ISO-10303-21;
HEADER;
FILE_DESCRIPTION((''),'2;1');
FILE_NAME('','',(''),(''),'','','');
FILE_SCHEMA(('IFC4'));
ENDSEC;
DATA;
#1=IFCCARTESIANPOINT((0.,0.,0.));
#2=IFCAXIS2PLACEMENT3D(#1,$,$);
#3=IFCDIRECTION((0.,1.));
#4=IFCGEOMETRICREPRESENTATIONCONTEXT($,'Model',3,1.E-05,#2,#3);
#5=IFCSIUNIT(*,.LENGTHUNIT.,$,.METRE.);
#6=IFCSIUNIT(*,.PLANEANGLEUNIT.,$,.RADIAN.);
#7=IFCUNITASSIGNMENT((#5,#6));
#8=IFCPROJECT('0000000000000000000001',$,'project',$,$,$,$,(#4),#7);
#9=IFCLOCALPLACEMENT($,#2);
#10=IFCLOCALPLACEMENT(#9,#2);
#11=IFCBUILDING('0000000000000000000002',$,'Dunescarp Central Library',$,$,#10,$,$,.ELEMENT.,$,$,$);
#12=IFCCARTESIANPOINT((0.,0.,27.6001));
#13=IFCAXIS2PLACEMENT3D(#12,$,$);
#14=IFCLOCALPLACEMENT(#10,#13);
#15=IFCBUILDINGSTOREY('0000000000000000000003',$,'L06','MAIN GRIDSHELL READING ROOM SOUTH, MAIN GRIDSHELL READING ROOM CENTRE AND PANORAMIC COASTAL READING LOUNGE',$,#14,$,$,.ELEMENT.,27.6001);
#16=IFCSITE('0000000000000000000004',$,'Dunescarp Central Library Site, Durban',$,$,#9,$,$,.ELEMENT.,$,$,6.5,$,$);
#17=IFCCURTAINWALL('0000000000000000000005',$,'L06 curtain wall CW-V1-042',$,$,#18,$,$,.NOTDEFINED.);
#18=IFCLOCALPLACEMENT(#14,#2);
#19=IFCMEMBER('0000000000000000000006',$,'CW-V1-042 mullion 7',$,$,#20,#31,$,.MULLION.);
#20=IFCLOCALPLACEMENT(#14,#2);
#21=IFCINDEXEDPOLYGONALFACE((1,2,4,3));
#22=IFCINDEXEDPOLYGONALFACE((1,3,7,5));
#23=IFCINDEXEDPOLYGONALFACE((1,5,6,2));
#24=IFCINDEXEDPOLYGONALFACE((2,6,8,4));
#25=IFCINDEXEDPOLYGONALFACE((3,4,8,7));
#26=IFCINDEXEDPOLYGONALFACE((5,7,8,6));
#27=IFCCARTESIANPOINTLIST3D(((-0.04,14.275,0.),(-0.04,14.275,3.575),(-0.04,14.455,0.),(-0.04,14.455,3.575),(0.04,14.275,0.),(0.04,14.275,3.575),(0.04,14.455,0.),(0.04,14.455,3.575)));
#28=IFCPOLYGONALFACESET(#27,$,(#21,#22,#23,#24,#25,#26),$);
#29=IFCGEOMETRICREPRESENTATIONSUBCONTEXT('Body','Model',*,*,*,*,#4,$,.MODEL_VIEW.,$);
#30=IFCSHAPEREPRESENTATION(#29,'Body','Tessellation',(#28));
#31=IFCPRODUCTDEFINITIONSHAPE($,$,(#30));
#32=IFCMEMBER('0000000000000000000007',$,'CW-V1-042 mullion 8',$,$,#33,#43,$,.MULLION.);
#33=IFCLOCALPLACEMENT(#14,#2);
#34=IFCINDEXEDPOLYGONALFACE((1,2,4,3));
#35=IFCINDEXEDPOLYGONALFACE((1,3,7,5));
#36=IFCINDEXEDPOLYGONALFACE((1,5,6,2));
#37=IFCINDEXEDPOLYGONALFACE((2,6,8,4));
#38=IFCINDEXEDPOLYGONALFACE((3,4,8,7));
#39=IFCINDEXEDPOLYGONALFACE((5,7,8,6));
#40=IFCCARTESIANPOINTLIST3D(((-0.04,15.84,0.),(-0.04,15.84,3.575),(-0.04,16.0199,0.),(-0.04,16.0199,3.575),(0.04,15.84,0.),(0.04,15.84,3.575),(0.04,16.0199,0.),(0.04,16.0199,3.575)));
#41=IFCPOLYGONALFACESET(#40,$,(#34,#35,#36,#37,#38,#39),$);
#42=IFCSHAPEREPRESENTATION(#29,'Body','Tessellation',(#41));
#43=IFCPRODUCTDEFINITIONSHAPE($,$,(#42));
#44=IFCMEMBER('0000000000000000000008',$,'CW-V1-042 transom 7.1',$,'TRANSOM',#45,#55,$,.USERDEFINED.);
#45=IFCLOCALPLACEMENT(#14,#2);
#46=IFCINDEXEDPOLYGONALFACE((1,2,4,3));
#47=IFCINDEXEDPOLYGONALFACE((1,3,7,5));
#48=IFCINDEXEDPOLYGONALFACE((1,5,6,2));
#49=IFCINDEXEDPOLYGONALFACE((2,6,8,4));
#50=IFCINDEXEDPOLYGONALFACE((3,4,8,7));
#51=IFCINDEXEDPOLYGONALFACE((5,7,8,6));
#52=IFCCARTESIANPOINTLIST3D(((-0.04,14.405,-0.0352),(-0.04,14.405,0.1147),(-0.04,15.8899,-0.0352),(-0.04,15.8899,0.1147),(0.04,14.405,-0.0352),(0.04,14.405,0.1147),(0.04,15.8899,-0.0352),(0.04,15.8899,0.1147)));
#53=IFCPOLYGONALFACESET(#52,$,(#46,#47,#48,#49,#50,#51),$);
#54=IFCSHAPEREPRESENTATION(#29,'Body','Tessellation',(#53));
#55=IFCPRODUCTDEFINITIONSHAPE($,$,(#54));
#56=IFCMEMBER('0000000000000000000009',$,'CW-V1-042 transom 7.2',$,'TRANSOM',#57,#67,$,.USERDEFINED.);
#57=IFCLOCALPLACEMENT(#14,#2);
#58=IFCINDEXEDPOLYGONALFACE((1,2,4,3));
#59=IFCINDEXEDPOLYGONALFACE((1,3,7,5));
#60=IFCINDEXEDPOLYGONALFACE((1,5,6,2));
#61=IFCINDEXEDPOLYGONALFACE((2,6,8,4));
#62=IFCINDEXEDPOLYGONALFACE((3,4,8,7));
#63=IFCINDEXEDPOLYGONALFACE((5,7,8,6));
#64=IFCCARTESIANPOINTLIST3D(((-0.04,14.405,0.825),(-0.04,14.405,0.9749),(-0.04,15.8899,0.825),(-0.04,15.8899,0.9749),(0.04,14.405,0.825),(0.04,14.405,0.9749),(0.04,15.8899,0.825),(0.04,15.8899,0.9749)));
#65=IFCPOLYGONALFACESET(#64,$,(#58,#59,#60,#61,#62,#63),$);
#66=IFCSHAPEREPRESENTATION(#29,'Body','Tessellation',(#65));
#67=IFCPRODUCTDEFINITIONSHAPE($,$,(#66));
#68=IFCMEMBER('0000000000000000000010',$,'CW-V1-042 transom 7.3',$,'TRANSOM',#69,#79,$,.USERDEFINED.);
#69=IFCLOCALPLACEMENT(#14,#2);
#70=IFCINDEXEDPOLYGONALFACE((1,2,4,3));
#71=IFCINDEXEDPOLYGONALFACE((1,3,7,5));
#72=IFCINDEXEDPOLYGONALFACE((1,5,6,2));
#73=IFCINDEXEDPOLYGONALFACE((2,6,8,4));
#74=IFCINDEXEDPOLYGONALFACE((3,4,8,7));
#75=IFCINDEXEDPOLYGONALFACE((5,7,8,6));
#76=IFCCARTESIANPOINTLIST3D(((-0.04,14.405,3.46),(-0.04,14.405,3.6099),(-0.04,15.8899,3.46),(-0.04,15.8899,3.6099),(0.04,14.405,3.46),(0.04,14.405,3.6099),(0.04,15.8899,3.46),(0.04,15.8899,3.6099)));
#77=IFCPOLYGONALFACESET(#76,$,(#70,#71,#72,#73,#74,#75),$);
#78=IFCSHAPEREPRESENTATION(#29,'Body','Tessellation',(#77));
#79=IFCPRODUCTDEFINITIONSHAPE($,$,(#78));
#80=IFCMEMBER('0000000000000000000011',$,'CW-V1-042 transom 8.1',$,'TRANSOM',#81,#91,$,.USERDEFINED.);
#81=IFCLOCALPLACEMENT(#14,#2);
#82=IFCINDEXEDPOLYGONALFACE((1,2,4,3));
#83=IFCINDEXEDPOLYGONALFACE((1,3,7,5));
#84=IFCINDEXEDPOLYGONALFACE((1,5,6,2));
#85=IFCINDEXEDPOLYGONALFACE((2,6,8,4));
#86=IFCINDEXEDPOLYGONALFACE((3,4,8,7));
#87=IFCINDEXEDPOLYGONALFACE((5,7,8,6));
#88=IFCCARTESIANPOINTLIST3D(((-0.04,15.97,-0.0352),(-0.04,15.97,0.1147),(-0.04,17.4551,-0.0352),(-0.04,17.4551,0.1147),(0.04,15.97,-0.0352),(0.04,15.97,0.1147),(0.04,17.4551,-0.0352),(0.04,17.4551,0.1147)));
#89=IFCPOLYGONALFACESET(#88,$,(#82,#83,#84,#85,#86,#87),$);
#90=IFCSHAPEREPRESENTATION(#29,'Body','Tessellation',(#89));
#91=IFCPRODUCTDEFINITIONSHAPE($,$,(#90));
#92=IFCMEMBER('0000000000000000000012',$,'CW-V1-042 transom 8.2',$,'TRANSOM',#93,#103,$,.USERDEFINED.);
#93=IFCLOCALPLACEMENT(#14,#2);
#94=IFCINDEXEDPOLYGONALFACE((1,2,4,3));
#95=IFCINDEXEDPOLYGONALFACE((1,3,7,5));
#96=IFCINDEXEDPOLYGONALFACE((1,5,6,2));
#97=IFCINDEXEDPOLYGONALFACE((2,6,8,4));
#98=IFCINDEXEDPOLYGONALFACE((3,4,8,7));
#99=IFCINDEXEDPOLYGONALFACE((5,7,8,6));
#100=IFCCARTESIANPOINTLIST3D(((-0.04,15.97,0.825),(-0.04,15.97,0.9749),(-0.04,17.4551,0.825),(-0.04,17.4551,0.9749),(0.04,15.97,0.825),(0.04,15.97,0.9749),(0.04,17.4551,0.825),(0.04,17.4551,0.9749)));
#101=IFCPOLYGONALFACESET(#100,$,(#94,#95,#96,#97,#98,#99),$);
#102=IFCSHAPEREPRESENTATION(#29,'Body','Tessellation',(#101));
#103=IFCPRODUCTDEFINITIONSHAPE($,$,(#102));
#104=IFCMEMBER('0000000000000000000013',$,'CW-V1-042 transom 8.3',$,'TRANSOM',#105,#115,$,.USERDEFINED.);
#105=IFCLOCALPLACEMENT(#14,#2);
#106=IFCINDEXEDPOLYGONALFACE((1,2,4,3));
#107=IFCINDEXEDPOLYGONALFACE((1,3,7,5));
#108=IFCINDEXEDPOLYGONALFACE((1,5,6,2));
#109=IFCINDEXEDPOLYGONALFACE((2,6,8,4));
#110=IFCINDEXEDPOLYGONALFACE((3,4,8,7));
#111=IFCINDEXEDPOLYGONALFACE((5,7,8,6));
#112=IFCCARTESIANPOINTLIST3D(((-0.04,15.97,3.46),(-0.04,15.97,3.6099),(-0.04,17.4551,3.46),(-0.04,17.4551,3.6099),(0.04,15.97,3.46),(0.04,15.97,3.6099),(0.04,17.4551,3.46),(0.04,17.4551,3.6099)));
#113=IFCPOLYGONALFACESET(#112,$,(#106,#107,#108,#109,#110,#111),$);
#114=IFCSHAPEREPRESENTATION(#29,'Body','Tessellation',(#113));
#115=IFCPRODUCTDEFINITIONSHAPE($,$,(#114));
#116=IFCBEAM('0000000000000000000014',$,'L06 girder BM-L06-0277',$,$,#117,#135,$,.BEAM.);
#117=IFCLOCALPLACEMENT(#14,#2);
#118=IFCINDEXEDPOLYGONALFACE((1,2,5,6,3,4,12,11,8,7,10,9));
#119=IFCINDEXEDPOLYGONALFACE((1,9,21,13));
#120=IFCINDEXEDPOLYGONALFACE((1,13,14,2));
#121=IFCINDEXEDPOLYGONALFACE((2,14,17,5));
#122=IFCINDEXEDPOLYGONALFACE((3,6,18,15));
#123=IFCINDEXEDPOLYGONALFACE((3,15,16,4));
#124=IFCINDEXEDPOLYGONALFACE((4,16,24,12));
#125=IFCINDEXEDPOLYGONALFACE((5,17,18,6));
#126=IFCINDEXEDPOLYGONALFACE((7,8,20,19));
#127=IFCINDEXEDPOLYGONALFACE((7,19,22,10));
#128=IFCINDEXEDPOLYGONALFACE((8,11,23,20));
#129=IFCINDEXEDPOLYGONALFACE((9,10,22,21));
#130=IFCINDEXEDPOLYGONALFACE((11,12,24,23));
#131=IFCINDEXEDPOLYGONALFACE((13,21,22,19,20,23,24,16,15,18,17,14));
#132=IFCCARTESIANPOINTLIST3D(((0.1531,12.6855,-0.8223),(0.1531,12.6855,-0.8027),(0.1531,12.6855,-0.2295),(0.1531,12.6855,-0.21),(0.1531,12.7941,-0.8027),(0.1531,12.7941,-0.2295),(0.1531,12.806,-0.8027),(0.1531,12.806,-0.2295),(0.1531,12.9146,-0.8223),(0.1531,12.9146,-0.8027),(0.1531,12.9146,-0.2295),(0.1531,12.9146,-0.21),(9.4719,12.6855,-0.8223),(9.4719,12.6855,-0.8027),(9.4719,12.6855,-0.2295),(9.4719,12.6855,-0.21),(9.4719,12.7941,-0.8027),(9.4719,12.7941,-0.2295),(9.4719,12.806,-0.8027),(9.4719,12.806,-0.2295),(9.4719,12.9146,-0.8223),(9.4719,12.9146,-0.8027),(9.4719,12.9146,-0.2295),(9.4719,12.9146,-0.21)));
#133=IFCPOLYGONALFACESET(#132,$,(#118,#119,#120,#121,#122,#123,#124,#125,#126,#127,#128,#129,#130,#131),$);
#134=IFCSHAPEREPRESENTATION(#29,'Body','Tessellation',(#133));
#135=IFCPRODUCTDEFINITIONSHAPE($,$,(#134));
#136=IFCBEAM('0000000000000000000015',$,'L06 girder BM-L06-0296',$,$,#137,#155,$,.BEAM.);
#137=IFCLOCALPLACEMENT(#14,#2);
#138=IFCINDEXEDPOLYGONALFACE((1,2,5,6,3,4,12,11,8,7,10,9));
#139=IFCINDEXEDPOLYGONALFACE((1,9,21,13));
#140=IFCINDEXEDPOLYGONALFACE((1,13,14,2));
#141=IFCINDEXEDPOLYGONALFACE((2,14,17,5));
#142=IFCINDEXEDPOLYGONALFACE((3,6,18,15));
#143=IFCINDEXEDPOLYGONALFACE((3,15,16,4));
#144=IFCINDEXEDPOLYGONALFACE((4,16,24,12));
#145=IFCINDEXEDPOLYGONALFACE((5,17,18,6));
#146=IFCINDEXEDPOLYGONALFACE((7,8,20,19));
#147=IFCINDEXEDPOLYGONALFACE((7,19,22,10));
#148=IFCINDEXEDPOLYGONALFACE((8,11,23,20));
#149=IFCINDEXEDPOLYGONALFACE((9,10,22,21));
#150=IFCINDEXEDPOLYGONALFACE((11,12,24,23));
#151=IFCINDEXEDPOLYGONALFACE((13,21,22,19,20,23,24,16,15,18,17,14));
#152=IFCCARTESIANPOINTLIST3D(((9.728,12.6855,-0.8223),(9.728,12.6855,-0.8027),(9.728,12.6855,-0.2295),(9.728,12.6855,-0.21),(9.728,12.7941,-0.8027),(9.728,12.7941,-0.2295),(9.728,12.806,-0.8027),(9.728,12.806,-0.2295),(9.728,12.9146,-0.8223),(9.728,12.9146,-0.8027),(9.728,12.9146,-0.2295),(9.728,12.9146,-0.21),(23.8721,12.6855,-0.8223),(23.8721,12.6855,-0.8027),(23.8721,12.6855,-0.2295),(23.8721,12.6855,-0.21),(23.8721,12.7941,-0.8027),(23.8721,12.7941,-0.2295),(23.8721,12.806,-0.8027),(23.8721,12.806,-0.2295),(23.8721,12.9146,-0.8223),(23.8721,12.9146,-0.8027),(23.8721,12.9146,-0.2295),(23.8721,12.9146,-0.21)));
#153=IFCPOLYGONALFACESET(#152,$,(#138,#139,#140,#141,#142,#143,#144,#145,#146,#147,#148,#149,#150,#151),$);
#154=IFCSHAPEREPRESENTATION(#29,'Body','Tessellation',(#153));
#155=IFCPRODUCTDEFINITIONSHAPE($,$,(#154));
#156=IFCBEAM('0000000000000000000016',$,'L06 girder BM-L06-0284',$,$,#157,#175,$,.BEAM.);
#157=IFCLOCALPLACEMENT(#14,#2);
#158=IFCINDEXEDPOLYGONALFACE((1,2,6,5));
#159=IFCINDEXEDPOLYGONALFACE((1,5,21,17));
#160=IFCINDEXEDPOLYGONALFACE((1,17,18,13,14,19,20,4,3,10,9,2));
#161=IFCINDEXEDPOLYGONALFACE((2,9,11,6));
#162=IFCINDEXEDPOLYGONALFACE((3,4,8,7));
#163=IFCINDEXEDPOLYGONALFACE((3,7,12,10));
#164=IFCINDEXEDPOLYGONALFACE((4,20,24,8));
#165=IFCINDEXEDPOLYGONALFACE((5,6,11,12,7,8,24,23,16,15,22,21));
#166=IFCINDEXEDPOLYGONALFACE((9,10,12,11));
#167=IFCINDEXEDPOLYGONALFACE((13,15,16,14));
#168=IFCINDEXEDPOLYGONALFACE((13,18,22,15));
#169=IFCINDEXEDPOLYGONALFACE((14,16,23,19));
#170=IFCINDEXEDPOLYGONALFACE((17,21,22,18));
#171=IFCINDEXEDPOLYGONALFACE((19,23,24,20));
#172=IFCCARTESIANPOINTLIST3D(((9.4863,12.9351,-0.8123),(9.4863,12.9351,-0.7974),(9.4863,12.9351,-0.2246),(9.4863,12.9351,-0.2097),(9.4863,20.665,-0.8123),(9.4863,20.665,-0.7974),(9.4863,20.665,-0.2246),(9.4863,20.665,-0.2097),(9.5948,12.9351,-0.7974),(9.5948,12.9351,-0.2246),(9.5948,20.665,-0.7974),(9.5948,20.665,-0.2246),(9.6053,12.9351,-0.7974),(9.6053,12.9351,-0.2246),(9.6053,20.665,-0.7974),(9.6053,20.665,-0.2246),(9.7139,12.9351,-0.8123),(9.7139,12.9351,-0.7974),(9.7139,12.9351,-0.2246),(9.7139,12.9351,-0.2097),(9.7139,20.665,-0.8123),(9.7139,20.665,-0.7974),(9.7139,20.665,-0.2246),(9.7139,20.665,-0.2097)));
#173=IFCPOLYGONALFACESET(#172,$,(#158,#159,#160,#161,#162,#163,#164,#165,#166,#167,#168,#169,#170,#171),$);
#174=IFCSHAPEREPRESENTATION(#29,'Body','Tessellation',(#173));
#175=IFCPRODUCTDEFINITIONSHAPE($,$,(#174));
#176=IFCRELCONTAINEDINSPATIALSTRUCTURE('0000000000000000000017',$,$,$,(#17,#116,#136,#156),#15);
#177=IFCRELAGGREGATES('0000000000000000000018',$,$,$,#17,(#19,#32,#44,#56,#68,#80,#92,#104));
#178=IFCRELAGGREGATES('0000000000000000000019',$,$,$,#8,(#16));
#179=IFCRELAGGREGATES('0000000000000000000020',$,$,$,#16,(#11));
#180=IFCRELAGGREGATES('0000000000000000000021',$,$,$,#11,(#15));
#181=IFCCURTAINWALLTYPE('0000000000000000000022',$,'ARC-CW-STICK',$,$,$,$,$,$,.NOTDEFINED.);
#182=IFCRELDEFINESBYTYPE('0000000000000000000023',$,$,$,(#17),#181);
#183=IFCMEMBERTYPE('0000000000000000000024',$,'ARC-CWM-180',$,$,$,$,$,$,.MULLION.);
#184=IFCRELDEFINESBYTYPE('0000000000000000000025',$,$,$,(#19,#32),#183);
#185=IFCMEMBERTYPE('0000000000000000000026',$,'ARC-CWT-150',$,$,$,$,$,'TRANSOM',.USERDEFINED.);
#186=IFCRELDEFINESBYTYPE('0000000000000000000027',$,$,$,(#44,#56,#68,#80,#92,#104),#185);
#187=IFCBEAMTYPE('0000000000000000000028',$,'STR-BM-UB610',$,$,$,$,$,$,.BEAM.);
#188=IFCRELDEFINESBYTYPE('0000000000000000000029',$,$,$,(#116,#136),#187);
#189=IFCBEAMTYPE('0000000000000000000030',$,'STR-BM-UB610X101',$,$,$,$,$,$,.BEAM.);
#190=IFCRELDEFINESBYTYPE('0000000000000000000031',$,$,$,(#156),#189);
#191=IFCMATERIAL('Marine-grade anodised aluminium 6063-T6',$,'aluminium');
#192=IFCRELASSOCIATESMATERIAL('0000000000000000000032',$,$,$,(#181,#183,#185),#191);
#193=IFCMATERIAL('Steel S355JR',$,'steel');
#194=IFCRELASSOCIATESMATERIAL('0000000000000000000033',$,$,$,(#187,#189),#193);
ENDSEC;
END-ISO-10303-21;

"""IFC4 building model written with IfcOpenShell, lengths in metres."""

from ifc_helpers import new_model, si_unit, direction, frame, origin, origin_2d, place, context, subcontext, project, spatial, rectangle, i_section, extrude, material, material_profile, profile_set, type_object, element, aggregate, save


model = new_model("IFC4")

# Units and contexts
model_context = context("Model", 3, precision=1e-05, world=origin(), true_north=direction((0.0, 1.0)))
body_context = subcontext(model_context, "Body", "Model", "MODEL_VIEW")
ifc_project = project(units=[si_unit("LENGTHUNIT", "METRE"), si_unit("PLANEANGLEUNIT", "RADIAN")], contexts=[model_context])

# Site, building, storey
site_placement = place(None, origin())
site = spatial("IfcSite", under=ifc_project, at=site_placement, Name="Dunescarp Central Library Site, Durban", CompositionType="ELEMENT", RefElevation=6.5)
building_placement = place(site_placement, origin())
building = spatial("IfcBuilding", under=site, at=building_placement, Name="Dunescarp Central Library", CompositionType="ELEMENT")
storey_placement = place(building_placement, frame((0.0, 0.0, 27.6001)))
storey = spatial("IfcBuildingStorey", under=building, at=storey_placement, Name="L06", Description="MAIN GRIDSHELL READING ROOM SOUTH, MAIN GRIDSHELL READING ROOM CENTRE AND PANORAMIC COASTAL READING LOUNGE", CompositionType="ELEMENT", Elevation=27.6001)

# Curtain wall, members
ifc_material_1 = material(Name="Marine-grade anodised aluminium 6063-T6", Category="aluminium")
curtain_wall_type = type_object("IfcCurtainWallType", Name="ARC-CW-STICK", PredefinedType="NOTDEFINED", material=ifc_material_1)
curtain_wall_placement = place(storey_placement, origin())
curtain_wall = element("IfcCurtainWall", 1, at=curtain_wall_placement, inside=storey, type_object=curtain_wall_type, Name="L06 curtain wall CW-V1-042", PredefinedType="NOTDEFINED")
ifc_material_profile_1 = material_profile(ifc_material_1, rectangle(XDim=0.0801, YDim=0.1799, at=origin_2d()), Name="AL 80x180")
ifc_profile_set_1 = profile_set([ifc_material_profile_1], Name="Marine-grade anodised aluminium 6063-T6")
member_type_1 = type_object("IfcMemberType", Name="ARC-CWM-180", PredefinedType="MULLION", material=ifc_profile_set_1)
member_1_placement = place(storey_placement, frame((0.0, 14.365, 0.0), z_axis=(0.0, 0.0, 1.0), x_axis=(-1.0, 0.0, 0.0)))
member_1 = element("IfcMember", 2, at=member_1_placement, type_object=member_type_1, Name="CW-V1-042 mullion 7", PredefinedType="MULLION", context=body_context, shape_type="SweptSolid", body=[
    extrude(rectangle(XDim=0.0801, YDim=0.1799, at=origin_2d()), origin(), (0.0, 0.0, 1.0), 3.575),
])
member_2_placement = place(storey_placement, frame((0.0, 15.9299, 0.0), z_axis=(0.0, 0.0, 1.0), x_axis=(-1.0, 0.0, 0.0)))
member_2 = element("IfcMember", 3, at=member_2_placement, type_object=member_type_1, Name="CW-V1-042 mullion 8", PredefinedType="MULLION", context=body_context, shape_type="SweptSolid", body=[
    extrude(rectangle(XDim=0.0801, YDim=0.1799, at=origin_2d()), origin(), (0.0, 0.0, 1.0), 3.575),
])
ifc_material_profile_2 = material_profile(ifc_material_1, rectangle(XDim=0.0801, YDim=0.1499, at=origin_2d()), Name="AL 80x150")
ifc_profile_set_2 = profile_set([ifc_material_profile_2], Name="Marine-grade anodised aluminium 6063-T6")
member_type_2 = type_object("IfcMemberType", Name="ARC-CWT-150", ElementType="TRANSOM", PredefinedType="USERDEFINED", material=ifc_profile_set_2)
member_3_placement = place(storey_placement, frame((0.0, 14.405, 0.0398), z_axis=(0.0, 1.0, 0.0), x_axis=(-1.0, 0.0, 0.0)))
member_3 = element("IfcMember", 4, at=member_3_placement, type_object=member_type_2, Name="CW-V1-042 transom 7.1", ObjectType="TRANSOM", PredefinedType="USERDEFINED", context=body_context, shape_type="SweptSolid", body=[
    extrude(rectangle(XDim=0.0801, YDim=0.1499, at=origin_2d()), origin(), (0.0, 0.0, 1.0), 1.4849),
])
member_4_placement = place(storey_placement, frame((0.0, 14.405, 0.8999), z_axis=(0.0, 1.0, 0.0), x_axis=(-1.0, 0.0, 0.0)))
member_4 = element("IfcMember", 5, at=member_4_placement, type_object=member_type_2, Name="CW-V1-042 transom 7.2", ObjectType="TRANSOM", PredefinedType="USERDEFINED", context=body_context, shape_type="SweptSolid", body=[
    extrude(rectangle(XDim=0.0801, YDim=0.1499, at=origin_2d()), origin(), (0.0, 0.0, 1.0), 1.4849),
])
member_5_placement = place(storey_placement, frame((0.0, 14.405, 3.5349), z_axis=(0.0, 1.0, 0.0), x_axis=(-1.0, 0.0, 0.0)))
member_5 = element("IfcMember", 6, at=member_5_placement, type_object=member_type_2, Name="CW-V1-042 transom 7.3", ObjectType="TRANSOM", PredefinedType="USERDEFINED", context=body_context, shape_type="SweptSolid", body=[
    extrude(rectangle(XDim=0.0801, YDim=0.1499, at=origin_2d()), origin(), (0.0, 0.0, 1.0), 1.4849),
])
member_6_placement = place(storey_placement, frame((0.0, 15.97, 0.0398), z_axis=(0.0, 1.0, 0.0), x_axis=(-1.0, 0.0, 0.0)))
member_6 = element("IfcMember", 7, at=member_6_placement, type_object=member_type_2, Name="CW-V1-042 transom 8.1", ObjectType="TRANSOM", PredefinedType="USERDEFINED", context=body_context, shape_type="SweptSolid", body=[
    extrude(rectangle(XDim=0.0801, YDim=0.1499, at=origin_2d()), origin(), (0.0, 0.0, 1.0), 1.4851),
])
member_7_placement = place(storey_placement, frame((0.0, 15.97, 0.8999), z_axis=(0.0, 1.0, 0.0), x_axis=(-1.0, 0.0, 0.0)))
member_7 = element("IfcMember", 8, at=member_7_placement, type_object=member_type_2, Name="CW-V1-042 transom 8.2", ObjectType="TRANSOM", PredefinedType="USERDEFINED", context=body_context, shape_type="SweptSolid", body=[
    extrude(rectangle(XDim=0.0801, YDim=0.1499, at=origin_2d()), origin(), (0.0, 0.0, 1.0), 1.4851),
])
member_8_placement = place(storey_placement, frame((0.0, 15.97, 3.5349), z_axis=(0.0, 1.0, 0.0), x_axis=(-1.0, 0.0, 0.0)))
member_8 = element("IfcMember", 9, at=member_8_placement, type_object=member_type_2, Name="CW-V1-042 transom 8.3", ObjectType="TRANSOM", PredefinedType="USERDEFINED", context=body_context, shape_type="SweptSolid", body=[
    extrude(rectangle(XDim=0.0801, YDim=0.1499, at=origin_2d()), origin(), (0.0, 0.0, 1.0), 1.4851),
])

# Beams
ifc_material_2 = material(Name="Steel S355JR", Category="steel")
ifc_material_profile_3 = material_profile(ifc_material_2, i_section(OverallWidth=0.229, OverallDepth=0.6123, WebThickness=0.012, FlangeThickness=0.0195, at=origin_2d()), Name="UB 610x229x125")
ifc_profile_set_3 = profile_set([ifc_material_profile_3], Name="Steel S355JR")
beam_type_1 = type_object("IfcBeamType", Name="STR-BM-UB610", PredefinedType="BEAM", material=ifc_profile_set_3)
beam_1_placement = place(storey_placement, frame((0.1531, 12.8, -0.5161), z_axis=(1.0, 0.0, 0.0), x_axis=(0.0, 1.0, 0.0)))
element("IfcBeam", 10, at=beam_1_placement, inside=storey, type_object=beam_type_1, Name="L06 girder BM-L06-0277", PredefinedType="BEAM", context=body_context, shape_type="SweptSolid", body=[
    extrude(i_section(OverallWidth=0.229, OverallDepth=0.6123, WebThickness=0.012, FlangeThickness=0.0195, at=origin_2d()), origin(), (0.0, 0.0, 1.0), 9.3188),
])
beam_2_placement = place(storey_placement, frame((9.728, 12.8, -0.5161), z_axis=(1.0, 0.0, 0.0), x_axis=(0.0, 1.0, 0.0)))
element("IfcBeam", 11, at=beam_2_placement, inside=storey, type_object=beam_type_1, Name="L06 girder BM-L06-0296", PredefinedType="BEAM", context=body_context, shape_type="SweptSolid", body=[
    extrude(i_section(OverallWidth=0.229, OverallDepth=0.6123, WebThickness=0.012, FlangeThickness=0.0195, at=origin_2d()), origin(), (0.0, 0.0, 1.0), 14.144),
])
ifc_material_profile_4 = material_profile(ifc_material_2, i_section(OverallWidth=0.2275, OverallDepth=0.6025, WebThickness=0.0105, FlangeThickness=0.0149, at=origin_2d()), Name="UB 610x229x101")
ifc_profile_set_4 = profile_set([ifc_material_profile_4], Name="Steel S355JR")
beam_type_2 = type_object("IfcBeamType", Name="STR-BM-UB610X101", PredefinedType="BEAM", material=ifc_profile_set_4)
beam_3_placement = place(storey_placement, frame((9.6001, 12.9351, -0.511), z_axis=(0.0, 1.0, 0.0), x_axis=(-1.0, 0.0, 0.0)))
element("IfcBeam", 12, at=beam_3_placement, inside=storey, type_object=beam_type_2, Name="L06 girder BM-L06-0284", PredefinedType="BEAM", context=body_context, shape_type="SweptSolid", body=[
    extrude(i_section(OverallWidth=0.2275, OverallDepth=0.6025, WebThickness=0.0105, FlangeThickness=0.0149, at=origin_2d()), origin(), (0.0, 0.0, 1.0), 7.73),
])

aggregate(curtain_wall, [member_1, member_2, member_3, member_4, member_5, member_6, member_7, member_8])

save(model, "model.ifc")
